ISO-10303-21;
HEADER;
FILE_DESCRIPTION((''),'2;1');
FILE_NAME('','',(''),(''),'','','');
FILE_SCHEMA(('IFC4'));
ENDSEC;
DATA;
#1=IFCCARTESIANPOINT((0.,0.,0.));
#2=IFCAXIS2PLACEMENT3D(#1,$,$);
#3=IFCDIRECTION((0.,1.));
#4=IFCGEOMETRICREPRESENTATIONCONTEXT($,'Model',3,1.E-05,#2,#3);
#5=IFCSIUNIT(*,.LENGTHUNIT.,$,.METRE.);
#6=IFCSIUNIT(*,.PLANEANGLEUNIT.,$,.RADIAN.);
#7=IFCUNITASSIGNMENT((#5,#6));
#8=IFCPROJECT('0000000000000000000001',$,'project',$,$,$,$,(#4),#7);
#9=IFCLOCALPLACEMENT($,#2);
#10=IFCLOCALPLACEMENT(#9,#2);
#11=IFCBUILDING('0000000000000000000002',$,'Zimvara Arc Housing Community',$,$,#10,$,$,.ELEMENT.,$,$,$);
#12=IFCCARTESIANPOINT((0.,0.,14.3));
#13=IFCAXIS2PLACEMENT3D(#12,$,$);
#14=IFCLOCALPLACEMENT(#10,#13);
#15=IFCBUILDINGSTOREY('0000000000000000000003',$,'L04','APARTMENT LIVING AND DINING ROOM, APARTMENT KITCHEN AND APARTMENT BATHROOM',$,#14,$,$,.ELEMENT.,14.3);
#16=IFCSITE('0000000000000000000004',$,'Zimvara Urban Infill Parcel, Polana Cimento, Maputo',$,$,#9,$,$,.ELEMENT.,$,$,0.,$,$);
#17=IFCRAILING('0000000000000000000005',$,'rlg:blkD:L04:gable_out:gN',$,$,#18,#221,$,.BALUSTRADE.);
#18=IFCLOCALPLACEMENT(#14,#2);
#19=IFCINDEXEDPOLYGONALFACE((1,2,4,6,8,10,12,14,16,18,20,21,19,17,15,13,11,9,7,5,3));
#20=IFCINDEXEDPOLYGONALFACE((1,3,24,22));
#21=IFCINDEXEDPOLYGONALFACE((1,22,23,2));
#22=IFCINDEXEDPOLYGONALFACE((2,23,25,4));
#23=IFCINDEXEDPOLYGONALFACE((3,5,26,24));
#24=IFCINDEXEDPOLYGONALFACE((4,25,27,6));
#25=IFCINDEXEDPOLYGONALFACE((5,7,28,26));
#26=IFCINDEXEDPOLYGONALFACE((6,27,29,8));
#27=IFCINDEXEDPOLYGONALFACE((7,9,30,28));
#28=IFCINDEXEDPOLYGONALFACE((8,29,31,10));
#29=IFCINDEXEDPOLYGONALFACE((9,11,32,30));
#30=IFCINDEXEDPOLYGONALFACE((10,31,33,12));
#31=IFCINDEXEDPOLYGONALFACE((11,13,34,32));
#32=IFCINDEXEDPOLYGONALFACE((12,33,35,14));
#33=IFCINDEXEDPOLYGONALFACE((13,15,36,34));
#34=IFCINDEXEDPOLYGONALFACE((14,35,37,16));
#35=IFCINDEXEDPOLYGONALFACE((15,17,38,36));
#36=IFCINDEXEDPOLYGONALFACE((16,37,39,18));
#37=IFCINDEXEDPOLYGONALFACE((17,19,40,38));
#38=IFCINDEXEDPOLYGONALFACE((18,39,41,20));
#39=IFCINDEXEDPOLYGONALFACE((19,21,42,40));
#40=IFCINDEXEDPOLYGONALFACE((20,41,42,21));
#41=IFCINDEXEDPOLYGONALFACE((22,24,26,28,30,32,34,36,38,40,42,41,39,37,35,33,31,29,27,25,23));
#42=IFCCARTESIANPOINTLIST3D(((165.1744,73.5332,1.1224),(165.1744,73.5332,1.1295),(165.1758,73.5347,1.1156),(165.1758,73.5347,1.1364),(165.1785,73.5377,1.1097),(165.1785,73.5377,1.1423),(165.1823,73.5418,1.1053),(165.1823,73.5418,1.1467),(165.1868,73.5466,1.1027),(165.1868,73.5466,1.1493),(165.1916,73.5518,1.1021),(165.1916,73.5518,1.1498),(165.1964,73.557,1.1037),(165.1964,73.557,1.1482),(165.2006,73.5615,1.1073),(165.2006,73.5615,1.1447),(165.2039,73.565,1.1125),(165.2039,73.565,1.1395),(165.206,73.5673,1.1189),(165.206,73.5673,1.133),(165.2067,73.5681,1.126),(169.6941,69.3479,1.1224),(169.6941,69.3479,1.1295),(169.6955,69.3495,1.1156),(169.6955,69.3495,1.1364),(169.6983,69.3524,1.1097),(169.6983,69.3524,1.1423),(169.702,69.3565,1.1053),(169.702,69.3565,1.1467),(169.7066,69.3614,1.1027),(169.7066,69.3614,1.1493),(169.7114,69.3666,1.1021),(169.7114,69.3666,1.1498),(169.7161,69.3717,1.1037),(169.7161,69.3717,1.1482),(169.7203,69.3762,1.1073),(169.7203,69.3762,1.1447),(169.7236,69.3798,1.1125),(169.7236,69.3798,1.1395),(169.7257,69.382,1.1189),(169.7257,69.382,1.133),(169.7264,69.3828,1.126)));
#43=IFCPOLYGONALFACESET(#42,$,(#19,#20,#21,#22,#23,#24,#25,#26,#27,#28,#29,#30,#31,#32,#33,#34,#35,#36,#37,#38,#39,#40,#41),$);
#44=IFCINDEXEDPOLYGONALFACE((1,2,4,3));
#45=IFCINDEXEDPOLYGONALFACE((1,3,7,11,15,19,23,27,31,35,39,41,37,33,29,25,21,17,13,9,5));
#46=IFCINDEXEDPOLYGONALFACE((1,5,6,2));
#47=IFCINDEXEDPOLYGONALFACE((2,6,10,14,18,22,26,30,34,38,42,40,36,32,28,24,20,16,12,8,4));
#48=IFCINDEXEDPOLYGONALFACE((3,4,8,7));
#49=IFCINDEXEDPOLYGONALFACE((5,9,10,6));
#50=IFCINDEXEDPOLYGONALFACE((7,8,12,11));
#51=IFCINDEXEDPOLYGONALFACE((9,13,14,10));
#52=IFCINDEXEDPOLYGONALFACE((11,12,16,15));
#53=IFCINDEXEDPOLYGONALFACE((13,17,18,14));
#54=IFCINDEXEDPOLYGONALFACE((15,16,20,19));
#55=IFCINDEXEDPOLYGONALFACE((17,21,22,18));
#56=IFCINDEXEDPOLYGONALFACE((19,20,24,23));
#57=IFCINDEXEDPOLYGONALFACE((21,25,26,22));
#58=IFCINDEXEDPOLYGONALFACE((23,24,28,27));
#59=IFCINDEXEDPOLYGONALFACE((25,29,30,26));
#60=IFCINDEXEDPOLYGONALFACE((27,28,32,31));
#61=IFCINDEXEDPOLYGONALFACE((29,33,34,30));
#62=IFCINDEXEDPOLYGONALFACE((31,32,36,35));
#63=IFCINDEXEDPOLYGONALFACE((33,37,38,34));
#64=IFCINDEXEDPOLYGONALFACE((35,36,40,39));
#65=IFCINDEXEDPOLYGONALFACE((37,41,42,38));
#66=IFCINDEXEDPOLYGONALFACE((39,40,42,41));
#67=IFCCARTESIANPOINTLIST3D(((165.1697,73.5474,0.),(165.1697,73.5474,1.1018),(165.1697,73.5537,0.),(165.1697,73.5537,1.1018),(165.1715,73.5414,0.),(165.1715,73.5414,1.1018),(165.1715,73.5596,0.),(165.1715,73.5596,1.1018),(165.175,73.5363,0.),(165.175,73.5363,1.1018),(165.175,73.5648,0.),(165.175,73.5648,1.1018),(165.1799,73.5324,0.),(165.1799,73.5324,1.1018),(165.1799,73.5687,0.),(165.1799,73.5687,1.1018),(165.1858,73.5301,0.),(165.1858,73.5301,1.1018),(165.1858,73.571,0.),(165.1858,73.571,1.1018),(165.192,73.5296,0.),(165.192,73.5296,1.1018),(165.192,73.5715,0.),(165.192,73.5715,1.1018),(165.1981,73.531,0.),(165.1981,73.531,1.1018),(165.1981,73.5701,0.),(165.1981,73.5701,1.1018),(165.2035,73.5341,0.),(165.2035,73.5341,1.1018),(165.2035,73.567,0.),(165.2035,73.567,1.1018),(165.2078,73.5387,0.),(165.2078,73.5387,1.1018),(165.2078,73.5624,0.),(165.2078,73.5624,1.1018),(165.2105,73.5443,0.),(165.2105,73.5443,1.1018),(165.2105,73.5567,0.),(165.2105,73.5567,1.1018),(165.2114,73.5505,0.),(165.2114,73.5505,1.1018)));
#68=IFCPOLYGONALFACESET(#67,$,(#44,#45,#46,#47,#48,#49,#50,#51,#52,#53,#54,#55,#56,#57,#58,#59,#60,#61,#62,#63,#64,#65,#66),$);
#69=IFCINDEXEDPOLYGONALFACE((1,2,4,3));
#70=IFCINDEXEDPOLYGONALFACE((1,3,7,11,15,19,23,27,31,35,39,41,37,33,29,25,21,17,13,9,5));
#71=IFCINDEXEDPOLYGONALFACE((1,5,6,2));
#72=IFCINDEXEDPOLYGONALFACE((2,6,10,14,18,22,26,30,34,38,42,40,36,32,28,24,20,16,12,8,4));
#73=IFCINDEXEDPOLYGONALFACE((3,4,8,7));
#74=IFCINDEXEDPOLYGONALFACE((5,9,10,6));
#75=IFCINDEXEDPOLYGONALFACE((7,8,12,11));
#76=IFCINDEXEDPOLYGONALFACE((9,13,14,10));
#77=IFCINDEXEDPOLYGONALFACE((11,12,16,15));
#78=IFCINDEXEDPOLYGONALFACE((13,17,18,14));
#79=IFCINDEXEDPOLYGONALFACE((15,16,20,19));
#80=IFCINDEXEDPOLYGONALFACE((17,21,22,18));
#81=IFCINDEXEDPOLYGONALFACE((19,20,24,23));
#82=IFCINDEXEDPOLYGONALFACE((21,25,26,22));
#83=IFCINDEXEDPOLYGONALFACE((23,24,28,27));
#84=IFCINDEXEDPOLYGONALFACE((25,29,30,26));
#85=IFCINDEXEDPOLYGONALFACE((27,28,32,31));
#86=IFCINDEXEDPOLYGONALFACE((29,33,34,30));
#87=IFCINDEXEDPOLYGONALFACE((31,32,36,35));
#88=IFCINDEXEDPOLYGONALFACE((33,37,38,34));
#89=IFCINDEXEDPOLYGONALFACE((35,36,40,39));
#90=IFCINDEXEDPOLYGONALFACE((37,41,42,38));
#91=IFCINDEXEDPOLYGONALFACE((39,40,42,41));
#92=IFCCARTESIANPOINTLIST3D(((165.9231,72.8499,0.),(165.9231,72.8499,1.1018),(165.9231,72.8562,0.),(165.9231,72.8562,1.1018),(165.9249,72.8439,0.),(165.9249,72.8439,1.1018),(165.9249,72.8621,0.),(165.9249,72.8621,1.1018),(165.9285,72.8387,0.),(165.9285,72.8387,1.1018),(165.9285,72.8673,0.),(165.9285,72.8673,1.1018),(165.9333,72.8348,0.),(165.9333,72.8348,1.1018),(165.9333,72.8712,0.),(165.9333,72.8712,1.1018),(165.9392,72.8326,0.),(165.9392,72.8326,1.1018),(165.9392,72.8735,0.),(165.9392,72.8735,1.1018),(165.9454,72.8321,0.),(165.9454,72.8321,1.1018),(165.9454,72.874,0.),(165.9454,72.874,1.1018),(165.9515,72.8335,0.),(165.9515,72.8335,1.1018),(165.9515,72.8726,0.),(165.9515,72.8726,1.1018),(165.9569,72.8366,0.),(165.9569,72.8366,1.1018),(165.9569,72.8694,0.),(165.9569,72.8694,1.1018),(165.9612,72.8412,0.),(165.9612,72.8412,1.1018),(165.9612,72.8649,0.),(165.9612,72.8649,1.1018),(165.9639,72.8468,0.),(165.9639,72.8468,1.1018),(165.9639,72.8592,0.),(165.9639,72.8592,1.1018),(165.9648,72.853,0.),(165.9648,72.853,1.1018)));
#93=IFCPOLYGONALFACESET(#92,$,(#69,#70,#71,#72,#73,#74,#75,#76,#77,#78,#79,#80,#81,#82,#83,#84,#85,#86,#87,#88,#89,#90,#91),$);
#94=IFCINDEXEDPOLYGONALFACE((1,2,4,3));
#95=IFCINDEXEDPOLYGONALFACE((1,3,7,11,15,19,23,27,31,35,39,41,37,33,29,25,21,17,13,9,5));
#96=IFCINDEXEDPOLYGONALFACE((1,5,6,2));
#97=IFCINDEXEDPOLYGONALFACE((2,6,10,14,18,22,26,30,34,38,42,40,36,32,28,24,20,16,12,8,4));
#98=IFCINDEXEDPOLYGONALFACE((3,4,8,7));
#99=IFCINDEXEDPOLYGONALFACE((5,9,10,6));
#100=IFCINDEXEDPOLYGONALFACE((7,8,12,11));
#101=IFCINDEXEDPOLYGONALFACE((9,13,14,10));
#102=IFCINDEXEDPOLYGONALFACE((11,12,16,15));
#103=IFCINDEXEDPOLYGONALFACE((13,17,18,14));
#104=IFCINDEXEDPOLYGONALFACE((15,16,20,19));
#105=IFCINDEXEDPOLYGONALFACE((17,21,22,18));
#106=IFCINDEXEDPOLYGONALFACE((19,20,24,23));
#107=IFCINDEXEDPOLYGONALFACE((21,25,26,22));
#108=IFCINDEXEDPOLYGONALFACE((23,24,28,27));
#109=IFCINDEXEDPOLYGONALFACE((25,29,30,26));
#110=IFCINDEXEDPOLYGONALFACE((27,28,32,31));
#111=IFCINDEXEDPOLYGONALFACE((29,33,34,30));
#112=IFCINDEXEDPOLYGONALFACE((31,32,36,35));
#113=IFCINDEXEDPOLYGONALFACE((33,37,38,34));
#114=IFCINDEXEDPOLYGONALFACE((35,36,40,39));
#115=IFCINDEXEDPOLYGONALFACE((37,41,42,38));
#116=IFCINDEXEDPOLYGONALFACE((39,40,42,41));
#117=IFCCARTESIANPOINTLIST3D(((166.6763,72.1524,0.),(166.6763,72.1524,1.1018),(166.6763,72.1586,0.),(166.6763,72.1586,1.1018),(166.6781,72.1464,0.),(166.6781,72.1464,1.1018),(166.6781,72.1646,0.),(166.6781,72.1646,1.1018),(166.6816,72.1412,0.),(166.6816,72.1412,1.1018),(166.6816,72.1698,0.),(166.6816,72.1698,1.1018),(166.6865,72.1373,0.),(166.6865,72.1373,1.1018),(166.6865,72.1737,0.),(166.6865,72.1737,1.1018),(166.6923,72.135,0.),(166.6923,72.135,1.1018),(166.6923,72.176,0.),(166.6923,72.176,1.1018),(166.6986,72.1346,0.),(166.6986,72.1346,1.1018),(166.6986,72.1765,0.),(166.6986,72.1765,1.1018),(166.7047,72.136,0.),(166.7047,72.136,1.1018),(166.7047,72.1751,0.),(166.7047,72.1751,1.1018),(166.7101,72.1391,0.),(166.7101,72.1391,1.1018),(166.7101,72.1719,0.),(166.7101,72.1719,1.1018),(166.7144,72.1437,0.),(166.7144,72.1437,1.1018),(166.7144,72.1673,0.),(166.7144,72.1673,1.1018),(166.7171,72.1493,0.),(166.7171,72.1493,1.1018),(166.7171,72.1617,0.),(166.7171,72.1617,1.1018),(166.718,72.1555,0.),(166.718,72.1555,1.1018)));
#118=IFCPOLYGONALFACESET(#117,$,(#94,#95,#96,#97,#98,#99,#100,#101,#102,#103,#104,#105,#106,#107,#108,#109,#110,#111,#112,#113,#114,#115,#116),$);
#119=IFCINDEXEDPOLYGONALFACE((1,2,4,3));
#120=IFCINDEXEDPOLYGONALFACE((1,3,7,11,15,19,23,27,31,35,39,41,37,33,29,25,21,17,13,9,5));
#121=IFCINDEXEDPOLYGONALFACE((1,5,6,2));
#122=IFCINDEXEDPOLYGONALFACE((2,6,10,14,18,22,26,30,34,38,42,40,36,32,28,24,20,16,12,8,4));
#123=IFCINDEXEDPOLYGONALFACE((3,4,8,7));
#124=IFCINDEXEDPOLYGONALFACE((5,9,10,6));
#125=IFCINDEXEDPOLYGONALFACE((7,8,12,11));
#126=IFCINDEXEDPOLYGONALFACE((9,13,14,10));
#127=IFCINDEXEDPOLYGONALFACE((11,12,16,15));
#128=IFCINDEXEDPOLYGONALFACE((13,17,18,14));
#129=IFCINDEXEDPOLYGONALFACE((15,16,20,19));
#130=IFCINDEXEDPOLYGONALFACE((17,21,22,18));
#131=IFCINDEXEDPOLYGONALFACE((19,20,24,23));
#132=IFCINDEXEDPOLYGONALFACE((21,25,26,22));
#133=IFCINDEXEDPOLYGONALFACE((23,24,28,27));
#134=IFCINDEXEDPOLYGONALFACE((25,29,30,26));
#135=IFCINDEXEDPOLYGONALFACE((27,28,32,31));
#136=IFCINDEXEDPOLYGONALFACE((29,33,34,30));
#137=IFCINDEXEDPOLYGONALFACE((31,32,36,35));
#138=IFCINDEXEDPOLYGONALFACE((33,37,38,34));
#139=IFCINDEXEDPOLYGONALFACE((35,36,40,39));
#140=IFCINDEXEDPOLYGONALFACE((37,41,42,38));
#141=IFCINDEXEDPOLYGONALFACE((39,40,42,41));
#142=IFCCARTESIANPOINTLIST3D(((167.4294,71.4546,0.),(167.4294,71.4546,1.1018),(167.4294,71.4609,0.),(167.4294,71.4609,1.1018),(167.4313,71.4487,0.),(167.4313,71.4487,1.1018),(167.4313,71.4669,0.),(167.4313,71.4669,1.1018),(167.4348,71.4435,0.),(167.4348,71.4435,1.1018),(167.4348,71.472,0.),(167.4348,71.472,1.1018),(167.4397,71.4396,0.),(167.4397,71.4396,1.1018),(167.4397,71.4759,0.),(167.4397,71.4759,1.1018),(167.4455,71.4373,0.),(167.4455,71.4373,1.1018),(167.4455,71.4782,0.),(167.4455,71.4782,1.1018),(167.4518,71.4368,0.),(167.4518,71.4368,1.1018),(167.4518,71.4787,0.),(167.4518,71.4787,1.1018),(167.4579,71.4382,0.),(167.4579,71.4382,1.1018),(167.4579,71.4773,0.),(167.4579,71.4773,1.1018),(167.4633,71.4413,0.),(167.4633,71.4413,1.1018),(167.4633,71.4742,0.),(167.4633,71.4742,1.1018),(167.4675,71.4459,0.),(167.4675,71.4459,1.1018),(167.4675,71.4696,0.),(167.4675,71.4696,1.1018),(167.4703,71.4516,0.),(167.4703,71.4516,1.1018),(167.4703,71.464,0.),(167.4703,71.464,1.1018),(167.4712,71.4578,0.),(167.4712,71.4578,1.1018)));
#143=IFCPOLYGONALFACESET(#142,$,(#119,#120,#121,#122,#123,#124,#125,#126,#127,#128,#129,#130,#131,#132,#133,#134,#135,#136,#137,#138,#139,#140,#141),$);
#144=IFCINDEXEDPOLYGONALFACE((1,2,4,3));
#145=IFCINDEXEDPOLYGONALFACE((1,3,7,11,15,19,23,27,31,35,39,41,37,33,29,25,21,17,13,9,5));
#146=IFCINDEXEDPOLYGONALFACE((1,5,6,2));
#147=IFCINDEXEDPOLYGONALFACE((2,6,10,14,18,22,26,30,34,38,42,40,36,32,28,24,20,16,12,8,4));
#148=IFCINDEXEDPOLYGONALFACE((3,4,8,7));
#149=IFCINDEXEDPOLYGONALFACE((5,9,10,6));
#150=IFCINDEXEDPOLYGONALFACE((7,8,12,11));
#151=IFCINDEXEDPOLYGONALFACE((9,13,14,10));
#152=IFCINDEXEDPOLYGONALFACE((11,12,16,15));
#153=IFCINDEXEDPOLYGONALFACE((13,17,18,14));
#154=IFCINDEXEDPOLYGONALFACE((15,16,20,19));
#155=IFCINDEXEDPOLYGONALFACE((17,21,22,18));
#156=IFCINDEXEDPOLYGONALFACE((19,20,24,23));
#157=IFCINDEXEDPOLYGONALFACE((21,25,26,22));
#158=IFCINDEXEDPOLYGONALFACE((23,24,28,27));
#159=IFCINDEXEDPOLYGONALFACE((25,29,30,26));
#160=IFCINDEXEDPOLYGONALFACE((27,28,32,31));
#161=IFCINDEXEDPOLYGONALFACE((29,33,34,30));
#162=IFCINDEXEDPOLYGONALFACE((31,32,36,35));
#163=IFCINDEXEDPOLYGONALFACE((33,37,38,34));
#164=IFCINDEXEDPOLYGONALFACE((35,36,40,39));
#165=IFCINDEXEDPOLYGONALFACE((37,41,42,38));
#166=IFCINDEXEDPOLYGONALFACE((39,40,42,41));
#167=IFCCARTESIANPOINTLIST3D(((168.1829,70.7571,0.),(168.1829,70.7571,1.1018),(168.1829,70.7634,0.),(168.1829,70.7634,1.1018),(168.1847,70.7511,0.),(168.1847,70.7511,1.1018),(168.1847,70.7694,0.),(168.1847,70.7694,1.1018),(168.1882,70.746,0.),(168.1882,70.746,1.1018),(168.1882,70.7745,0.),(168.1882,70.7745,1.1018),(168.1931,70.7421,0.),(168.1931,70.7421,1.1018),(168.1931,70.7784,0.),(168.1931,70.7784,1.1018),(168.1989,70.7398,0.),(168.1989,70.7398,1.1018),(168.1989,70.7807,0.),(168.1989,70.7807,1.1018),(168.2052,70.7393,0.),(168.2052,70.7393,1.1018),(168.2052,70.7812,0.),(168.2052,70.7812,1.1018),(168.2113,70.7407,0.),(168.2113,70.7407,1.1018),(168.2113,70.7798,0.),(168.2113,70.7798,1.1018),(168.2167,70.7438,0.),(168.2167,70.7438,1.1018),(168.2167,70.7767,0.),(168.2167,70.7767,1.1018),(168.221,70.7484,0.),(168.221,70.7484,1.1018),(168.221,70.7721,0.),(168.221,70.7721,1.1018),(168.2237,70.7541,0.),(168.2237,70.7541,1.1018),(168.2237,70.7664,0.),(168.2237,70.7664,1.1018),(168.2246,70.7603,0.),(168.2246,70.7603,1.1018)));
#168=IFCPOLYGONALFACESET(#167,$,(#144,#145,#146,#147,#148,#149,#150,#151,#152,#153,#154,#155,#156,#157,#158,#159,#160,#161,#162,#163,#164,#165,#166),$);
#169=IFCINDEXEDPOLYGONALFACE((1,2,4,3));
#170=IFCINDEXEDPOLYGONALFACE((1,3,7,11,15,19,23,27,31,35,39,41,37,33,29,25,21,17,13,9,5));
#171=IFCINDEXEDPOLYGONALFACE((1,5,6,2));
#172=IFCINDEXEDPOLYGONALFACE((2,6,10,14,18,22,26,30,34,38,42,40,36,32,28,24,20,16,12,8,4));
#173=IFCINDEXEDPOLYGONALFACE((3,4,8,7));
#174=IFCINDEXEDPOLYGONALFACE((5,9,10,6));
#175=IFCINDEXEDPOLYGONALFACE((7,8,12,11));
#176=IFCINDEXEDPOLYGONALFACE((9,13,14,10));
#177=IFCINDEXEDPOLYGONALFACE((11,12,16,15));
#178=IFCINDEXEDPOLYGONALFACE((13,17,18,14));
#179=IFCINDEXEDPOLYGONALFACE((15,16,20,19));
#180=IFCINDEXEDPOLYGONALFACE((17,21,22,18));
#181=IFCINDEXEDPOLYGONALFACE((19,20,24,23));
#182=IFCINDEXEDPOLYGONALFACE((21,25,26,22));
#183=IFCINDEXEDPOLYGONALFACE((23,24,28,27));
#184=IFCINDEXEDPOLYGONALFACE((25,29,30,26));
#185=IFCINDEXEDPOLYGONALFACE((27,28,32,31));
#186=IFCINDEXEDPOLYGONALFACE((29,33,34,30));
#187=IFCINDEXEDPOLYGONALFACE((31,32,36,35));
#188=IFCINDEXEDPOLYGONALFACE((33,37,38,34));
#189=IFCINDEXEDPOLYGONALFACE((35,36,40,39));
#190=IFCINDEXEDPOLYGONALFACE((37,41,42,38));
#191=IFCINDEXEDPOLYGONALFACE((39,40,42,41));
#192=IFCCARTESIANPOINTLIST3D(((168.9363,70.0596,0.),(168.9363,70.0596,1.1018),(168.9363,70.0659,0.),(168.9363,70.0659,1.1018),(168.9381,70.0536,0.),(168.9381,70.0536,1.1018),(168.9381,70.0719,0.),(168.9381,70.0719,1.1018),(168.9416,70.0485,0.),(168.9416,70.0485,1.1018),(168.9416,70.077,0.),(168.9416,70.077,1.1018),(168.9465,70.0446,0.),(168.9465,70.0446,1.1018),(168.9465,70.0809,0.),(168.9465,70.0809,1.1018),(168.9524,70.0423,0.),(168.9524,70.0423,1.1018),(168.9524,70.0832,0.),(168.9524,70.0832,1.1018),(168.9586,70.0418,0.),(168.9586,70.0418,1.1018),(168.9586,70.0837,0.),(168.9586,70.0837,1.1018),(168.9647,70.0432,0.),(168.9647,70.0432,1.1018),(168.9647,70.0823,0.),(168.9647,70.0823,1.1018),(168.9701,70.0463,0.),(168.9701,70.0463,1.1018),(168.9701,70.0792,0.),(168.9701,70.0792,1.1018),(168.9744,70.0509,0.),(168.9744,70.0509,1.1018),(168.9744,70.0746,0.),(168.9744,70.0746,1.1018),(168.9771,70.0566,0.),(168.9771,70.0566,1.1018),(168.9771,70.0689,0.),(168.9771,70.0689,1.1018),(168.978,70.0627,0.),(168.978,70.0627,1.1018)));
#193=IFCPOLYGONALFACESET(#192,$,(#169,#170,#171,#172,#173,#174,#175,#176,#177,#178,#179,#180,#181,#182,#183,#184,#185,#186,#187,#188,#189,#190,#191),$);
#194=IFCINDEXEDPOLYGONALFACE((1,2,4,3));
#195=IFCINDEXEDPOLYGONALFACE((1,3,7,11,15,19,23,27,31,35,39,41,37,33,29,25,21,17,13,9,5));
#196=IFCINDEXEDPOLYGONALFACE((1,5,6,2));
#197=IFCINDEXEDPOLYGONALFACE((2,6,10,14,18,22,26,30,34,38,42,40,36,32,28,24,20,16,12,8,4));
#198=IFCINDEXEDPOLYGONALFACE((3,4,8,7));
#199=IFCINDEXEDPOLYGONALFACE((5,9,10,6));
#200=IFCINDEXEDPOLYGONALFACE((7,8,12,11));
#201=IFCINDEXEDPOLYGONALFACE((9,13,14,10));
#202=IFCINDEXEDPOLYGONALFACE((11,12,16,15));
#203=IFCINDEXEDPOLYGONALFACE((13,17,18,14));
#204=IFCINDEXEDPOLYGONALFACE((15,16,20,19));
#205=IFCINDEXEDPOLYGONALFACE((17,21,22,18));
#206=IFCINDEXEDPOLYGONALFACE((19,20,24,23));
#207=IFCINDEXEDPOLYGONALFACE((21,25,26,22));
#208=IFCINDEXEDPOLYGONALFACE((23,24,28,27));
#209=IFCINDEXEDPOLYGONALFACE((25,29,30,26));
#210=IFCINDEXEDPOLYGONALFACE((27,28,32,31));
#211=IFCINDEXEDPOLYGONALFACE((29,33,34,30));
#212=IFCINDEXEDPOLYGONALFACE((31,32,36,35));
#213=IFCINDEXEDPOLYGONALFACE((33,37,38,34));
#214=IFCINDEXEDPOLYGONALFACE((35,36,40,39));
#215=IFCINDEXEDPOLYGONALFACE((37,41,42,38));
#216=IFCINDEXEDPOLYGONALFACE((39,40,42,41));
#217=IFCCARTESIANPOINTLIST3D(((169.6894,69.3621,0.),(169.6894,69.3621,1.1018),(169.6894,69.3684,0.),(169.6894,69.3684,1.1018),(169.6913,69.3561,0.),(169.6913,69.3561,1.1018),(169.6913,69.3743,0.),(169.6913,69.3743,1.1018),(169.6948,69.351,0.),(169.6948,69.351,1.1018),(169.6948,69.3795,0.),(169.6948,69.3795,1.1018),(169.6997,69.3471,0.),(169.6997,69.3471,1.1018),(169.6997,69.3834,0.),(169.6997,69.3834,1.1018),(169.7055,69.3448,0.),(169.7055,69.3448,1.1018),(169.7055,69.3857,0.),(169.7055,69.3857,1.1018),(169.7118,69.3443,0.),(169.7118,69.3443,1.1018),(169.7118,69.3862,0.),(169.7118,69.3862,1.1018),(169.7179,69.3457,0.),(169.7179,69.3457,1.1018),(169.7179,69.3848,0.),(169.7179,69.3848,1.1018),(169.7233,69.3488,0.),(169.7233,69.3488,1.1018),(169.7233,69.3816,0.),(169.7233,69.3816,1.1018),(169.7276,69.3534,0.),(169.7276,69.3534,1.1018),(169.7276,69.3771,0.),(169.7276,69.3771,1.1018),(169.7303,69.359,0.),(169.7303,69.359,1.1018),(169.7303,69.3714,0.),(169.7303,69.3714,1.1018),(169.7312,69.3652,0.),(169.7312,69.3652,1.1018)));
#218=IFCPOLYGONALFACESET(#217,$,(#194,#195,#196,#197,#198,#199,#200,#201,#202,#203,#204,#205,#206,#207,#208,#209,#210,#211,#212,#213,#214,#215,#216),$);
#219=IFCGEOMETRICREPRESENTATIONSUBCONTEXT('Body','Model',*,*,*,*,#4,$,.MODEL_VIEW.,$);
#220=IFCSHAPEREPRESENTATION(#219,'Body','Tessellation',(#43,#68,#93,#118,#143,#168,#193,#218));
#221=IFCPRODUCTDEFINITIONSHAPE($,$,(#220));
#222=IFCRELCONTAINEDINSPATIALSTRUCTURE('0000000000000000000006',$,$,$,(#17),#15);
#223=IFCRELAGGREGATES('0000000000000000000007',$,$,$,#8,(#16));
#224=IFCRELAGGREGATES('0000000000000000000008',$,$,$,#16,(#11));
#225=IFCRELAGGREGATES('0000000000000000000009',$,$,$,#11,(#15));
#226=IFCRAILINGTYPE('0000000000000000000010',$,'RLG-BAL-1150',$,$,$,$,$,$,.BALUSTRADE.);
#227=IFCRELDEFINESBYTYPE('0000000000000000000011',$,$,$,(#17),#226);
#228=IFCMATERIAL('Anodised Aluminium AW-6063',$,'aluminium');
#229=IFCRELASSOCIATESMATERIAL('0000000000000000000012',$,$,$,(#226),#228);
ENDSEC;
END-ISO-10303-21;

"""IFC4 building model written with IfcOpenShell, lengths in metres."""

from ifc_helpers import new_model, si_unit, direction, frame, origin, origin_2d, place, context, subcontext, project, spatial, circle, extrude, material, type_object, element, save


model = new_model("IFC4")

# Units and contexts
model_context = context("Model", 3, precision=1e-05, world=origin(), true_north=direction((0.0, 1.0)))
body_context = subcontext(model_context, "Body", "Model", "MODEL_VIEW")
ifc_project = project(units=[si_unit("LENGTHUNIT", "METRE"), si_unit("PLANEANGLEUNIT", "RADIAN")], contexts=[model_context])

# Site, building, storey
site_placement = place(None, origin())
site = spatial("IfcSite", under=ifc_project, at=site_placement, Name="Zimvara Urban Infill Parcel, Polana Cimento, Maputo", CompositionType="ELEMENT", RefElevation=0.0)
building_placement = place(site_placement, origin())
building = spatial("IfcBuilding", under=site, at=building_placement, Name="Zimvara Arc Housing Community", CompositionType="ELEMENT")
storey_placement = place(building_placement, frame((0.0, 0.0, 14.3)))
storey = spatial("IfcBuildingStorey", under=building, at=storey_placement, Name="L04", Description="APARTMENT LIVING AND DINING ROOM, APARTMENT KITCHEN AND APARTMENT BATHROOM", CompositionType="ELEMENT", Elevation=14.3)

# Railing
ifc_material_1 = material(Name="Anodised Aluminium AW-6063", Category="aluminium")
railing_type = type_object("IfcRailingType", Name="RLG-BAL-1150", PredefinedType="BALUSTRADE", material=ifc_material_1)
railing_placement = place(storey_placement, frame((165.1904, 73.5505, 0.0)))
element("IfcRailing", 1, at=railing_placement, inside=storey, type_object=railing_type, Name="rlg:blkD:L04:gable_out:gN", PredefinedType="BALUSTRADE", context=body_context, shape_type="SweptSolid", body=[
    extrude(circle(Radius=0.0239, at=origin_2d()), frame((0.0, 0.0, 1.126), z_axis=(0.733734, -0.679436, 0.0), x_axis=(0.679436, 0.733734, 0.0)), (0.0, 0.0, 1.0), 6.1599),
    extrude(circle(Radius=0.021, at=origin_2d()), origin(), (0.0, 0.0, 1.0), 1.1018),
    extrude(circle(Radius=0.021, at=origin_2d()), frame((0.7534, -0.6975, 0.0)), (0.0, 0.0, 1.0), 1.1018),
    extrude(circle(Radius=0.021, at=origin_2d()), frame((1.5066, -1.395, 0.0)), (0.0, 0.0, 1.0), 1.1018),
    extrude(circle(Radius=0.021, at=origin_2d()), frame((2.2598, -2.0928, 0.0)), (0.0, 0.0, 1.0), 1.1018),
    extrude(circle(Radius=0.021, at=origin_2d()), frame((3.0132, -2.7903, 0.0)), (0.0, 0.0, 1.0), 1.1018),
    extrude(circle(Radius=0.021, at=origin_2d()), frame((3.7666, -3.4878, 0.0)), (0.0, 0.0, 1.0), 1.1018),
    extrude(circle(Radius=0.021, at=origin_2d()), frame((4.5198, -4.1853, 0.0)), (0.0, 0.0, 1.0), 1.1018),
])

save(model, "model.ifc")
